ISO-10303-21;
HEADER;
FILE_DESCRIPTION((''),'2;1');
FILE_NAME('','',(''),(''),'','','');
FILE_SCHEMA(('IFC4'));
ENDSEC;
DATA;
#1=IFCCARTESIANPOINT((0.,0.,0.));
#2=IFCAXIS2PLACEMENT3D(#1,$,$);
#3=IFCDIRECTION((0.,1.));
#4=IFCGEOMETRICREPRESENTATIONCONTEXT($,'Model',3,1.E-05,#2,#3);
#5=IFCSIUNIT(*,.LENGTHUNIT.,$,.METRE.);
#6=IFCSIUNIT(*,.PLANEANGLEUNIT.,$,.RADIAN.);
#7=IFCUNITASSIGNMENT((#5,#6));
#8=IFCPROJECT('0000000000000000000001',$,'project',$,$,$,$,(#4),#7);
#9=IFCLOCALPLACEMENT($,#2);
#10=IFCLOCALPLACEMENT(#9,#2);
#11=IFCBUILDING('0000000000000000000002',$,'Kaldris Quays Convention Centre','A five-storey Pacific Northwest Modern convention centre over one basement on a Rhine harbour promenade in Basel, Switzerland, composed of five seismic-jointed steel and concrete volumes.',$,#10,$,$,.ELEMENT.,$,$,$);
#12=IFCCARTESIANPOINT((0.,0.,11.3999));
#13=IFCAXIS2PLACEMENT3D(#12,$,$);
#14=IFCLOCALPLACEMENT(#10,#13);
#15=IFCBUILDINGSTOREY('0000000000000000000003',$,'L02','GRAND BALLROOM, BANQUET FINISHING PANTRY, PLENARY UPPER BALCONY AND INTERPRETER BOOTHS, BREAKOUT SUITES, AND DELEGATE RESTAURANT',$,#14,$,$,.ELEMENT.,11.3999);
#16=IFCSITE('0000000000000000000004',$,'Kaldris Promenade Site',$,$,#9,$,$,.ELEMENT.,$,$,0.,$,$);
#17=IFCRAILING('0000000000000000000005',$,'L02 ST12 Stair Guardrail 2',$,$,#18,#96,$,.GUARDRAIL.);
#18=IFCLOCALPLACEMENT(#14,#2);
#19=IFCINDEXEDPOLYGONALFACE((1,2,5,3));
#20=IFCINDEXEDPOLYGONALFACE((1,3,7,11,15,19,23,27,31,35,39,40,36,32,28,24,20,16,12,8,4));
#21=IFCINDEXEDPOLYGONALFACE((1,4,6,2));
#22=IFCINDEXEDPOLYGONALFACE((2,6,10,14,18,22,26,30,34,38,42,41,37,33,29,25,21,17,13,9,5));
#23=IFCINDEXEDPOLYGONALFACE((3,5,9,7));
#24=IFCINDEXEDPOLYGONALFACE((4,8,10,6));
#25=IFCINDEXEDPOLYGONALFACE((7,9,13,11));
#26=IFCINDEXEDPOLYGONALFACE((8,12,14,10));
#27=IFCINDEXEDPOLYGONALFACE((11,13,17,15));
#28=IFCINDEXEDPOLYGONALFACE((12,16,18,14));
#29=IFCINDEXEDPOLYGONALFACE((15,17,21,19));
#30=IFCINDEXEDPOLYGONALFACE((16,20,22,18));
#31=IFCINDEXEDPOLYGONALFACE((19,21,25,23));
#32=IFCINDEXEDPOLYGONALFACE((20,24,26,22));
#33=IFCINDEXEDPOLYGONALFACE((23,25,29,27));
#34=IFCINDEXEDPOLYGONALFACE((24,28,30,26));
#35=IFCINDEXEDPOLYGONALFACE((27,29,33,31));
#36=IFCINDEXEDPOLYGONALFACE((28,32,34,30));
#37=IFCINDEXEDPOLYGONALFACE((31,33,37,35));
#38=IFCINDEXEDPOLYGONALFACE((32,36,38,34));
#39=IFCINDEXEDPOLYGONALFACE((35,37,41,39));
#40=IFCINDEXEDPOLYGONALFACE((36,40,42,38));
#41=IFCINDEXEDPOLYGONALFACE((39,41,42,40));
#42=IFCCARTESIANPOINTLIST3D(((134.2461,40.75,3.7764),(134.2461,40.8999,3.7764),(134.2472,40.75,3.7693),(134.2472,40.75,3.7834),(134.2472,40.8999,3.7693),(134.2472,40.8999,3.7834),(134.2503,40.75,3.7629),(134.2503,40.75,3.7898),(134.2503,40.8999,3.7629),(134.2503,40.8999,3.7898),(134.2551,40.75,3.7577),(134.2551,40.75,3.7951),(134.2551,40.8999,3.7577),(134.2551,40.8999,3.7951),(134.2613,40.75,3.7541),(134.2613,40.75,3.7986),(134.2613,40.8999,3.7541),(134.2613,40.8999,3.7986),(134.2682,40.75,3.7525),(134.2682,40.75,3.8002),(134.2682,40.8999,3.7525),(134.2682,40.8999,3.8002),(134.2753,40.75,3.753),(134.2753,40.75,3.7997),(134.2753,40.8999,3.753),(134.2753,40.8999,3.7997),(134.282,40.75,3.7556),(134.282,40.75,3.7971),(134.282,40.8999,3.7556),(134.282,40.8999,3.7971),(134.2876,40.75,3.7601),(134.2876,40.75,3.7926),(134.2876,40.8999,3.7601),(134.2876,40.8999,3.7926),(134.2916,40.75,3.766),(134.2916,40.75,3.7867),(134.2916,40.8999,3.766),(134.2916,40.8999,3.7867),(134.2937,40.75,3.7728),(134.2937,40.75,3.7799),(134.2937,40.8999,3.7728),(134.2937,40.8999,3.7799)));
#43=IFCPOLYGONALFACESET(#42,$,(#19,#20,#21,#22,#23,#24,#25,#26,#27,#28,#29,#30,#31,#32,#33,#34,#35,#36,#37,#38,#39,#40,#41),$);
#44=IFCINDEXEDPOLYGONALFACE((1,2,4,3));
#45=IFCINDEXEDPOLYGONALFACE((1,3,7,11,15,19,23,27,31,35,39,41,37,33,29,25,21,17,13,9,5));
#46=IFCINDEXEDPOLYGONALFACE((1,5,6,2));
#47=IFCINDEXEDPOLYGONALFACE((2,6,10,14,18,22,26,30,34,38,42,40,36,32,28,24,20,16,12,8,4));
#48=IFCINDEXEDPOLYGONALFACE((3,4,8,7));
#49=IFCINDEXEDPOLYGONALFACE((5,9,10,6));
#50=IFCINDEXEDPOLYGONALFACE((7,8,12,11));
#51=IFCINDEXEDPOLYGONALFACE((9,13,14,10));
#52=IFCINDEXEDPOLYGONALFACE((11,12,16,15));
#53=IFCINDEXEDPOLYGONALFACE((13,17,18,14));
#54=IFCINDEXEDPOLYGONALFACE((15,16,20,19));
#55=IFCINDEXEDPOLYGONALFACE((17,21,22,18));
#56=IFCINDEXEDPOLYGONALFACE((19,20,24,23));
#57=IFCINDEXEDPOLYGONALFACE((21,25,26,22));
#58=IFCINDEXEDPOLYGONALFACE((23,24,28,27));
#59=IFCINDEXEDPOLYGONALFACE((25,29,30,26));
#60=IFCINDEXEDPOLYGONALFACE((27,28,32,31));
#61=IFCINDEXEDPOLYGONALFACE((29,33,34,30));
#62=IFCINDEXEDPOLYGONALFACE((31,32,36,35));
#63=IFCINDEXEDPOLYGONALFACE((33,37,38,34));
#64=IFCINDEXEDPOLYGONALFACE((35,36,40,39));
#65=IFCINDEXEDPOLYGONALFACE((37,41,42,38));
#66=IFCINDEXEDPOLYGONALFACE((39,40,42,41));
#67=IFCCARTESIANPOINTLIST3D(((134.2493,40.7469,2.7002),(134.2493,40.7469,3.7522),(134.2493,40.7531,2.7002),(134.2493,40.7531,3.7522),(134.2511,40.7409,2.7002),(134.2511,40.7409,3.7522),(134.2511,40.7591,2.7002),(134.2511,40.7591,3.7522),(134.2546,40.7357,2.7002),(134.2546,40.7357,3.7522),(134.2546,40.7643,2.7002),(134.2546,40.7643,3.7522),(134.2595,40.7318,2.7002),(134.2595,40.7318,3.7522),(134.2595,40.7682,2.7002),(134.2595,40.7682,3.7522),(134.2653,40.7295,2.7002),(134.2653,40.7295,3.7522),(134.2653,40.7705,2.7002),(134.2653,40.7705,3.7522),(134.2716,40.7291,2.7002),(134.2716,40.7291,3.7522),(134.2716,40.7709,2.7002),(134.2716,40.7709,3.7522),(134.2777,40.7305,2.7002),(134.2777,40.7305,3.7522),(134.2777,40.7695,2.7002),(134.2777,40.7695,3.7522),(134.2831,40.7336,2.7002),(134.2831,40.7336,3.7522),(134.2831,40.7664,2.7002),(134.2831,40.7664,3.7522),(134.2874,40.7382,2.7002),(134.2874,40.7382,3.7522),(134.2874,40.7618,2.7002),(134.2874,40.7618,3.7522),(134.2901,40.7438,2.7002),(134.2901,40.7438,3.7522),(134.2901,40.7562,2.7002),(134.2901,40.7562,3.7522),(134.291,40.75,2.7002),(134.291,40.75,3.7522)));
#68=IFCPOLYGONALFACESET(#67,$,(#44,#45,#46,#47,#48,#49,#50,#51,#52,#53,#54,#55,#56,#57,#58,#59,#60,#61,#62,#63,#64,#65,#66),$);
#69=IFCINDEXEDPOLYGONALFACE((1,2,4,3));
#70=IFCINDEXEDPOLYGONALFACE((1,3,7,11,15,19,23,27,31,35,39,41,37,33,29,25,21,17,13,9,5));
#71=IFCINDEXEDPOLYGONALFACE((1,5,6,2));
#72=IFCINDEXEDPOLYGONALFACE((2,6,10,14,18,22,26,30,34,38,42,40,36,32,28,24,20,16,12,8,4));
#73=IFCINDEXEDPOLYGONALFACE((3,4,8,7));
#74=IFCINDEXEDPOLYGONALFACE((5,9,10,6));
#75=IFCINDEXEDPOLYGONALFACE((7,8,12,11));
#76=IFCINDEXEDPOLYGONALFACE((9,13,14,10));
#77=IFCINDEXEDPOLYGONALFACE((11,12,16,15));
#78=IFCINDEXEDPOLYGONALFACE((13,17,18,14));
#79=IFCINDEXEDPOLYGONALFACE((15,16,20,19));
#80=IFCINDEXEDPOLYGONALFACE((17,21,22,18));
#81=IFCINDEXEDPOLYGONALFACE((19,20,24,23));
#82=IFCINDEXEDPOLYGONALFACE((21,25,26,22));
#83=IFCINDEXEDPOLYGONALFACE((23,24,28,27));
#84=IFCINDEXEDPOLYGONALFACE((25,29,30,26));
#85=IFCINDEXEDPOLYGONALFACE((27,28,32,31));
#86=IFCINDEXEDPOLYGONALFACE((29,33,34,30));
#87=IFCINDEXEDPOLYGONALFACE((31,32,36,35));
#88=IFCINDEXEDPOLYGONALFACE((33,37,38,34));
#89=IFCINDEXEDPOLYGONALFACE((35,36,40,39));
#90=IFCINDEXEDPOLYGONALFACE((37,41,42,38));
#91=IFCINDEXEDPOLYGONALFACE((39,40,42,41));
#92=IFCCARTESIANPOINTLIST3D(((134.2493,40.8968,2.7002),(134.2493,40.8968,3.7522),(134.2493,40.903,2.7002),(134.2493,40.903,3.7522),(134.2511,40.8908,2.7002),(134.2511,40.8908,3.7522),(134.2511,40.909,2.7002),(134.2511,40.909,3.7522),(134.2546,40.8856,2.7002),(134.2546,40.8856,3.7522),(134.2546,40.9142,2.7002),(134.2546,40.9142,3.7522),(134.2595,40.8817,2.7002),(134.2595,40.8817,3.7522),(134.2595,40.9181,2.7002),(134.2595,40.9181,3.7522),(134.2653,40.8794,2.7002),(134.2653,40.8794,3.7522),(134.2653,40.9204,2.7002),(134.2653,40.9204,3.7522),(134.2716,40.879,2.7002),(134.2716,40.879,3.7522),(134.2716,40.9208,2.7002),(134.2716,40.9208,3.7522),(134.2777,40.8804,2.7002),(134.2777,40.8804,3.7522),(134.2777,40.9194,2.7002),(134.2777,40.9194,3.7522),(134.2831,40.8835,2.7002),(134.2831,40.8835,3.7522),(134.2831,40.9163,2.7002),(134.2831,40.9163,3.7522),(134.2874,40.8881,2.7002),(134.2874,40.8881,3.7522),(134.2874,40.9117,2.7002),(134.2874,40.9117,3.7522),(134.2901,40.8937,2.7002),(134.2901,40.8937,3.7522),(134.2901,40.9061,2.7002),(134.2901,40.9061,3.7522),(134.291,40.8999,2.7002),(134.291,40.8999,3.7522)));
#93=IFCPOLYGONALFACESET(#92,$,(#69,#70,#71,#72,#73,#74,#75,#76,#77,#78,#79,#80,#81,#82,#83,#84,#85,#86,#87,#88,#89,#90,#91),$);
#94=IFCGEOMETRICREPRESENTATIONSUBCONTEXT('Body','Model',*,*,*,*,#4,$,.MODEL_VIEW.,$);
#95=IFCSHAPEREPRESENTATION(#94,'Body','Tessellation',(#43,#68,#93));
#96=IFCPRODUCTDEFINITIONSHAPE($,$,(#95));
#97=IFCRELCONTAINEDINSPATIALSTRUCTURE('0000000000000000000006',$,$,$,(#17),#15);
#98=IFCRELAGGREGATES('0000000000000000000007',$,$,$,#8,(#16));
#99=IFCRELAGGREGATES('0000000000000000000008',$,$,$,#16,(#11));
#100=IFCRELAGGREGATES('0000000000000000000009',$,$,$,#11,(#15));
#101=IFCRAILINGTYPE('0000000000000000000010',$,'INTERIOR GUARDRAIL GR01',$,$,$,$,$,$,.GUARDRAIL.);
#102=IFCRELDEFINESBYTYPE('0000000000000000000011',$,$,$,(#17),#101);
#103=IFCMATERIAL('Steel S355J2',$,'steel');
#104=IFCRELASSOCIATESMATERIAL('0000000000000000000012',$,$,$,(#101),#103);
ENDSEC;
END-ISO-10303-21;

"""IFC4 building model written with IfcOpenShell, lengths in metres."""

from ifc_helpers import new_model, si_unit, direction, frame, origin, origin_2d, place, context, subcontext, project, spatial, circle, extrude, material, type_object, element, save


model = new_model("IFC4")

# Units and contexts
model_context = context("Model", 3, precision=1e-05, world=origin(), true_north=direction((0.0, 1.0)))
body_context = subcontext(model_context, "Body", "Model", "MODEL_VIEW")
ifc_project = project(units=[si_unit("LENGTHUNIT", "METRE"), si_unit("PLANEANGLEUNIT", "RADIAN")], contexts=[model_context])

# Site, building, storey
site_placement = place(None, origin())
site = spatial("IfcSite", under=ifc_project, at=site_placement, Name="Kaldris Promenade Site", CompositionType="ELEMENT", RefElevation=0.0)
building_placement = place(site_placement, origin())
building = spatial("IfcBuilding", under=site, at=building_placement, Name="Kaldris Quays Convention Centre", Description="A five-storey Pacific Northwest Modern convention centre over one basement on a Rhine harbour promenade in Basel, Switzerland, composed of five seismic-jointed steel and concrete volumes.", CompositionType="ELEMENT")
storey_placement = place(building_placement, frame((0.0, 0.0, 11.3999)))
storey = spatial("IfcBuildingStorey", under=building, at=storey_placement, Name="L02", Description="GRAND BALLROOM, BANQUET FINISHING PANTRY, PLENARY UPPER BALCONY AND INTERPRETER BOOTHS, BREAKOUT SUITES, AND DELEGATE RESTAURANT", CompositionType="ELEMENT", Elevation=11.3999)

# Railing
ifc_material_1 = material(Name="Steel S355J2", Category="steel")
railing_type = type_object("IfcRailingType", Name="INTERIOR GUARDRAIL GR01", PredefinedType="GUARDRAIL", material=ifc_material_1)
railing_1_placement = place(storey_placement, frame((134.27, 40.75, 2.7002)))
element("IfcRailing", 1, at=railing_1_placement, inside=storey, type_object=railing_type, Name="L02 ST12 Stair Guardrail 2", PredefinedType="GUARDRAIL", context=body_context, shape_type="SweptSolid", body=[
    extrude(circle(Radius=0.0239, at=origin_2d()), frame((0.0, 0.0, 1.0762), z_axis=(0.0, 1.0, 0.0), x_axis=(-1.0, 0.0, 0.0)), (0.0, 0.0, 1.0), 0.1499),
    extrude(circle(Radius=0.021, at=origin_2d()), origin(), (0.0, 0.0, 1.0), 1.052),
    extrude(circle(Radius=0.021, at=origin_2d()), frame((0.0, 0.1499, 0.0)), (0.0, 0.0, 1.0), 1.052),
])

save(model, "model.ifc")
